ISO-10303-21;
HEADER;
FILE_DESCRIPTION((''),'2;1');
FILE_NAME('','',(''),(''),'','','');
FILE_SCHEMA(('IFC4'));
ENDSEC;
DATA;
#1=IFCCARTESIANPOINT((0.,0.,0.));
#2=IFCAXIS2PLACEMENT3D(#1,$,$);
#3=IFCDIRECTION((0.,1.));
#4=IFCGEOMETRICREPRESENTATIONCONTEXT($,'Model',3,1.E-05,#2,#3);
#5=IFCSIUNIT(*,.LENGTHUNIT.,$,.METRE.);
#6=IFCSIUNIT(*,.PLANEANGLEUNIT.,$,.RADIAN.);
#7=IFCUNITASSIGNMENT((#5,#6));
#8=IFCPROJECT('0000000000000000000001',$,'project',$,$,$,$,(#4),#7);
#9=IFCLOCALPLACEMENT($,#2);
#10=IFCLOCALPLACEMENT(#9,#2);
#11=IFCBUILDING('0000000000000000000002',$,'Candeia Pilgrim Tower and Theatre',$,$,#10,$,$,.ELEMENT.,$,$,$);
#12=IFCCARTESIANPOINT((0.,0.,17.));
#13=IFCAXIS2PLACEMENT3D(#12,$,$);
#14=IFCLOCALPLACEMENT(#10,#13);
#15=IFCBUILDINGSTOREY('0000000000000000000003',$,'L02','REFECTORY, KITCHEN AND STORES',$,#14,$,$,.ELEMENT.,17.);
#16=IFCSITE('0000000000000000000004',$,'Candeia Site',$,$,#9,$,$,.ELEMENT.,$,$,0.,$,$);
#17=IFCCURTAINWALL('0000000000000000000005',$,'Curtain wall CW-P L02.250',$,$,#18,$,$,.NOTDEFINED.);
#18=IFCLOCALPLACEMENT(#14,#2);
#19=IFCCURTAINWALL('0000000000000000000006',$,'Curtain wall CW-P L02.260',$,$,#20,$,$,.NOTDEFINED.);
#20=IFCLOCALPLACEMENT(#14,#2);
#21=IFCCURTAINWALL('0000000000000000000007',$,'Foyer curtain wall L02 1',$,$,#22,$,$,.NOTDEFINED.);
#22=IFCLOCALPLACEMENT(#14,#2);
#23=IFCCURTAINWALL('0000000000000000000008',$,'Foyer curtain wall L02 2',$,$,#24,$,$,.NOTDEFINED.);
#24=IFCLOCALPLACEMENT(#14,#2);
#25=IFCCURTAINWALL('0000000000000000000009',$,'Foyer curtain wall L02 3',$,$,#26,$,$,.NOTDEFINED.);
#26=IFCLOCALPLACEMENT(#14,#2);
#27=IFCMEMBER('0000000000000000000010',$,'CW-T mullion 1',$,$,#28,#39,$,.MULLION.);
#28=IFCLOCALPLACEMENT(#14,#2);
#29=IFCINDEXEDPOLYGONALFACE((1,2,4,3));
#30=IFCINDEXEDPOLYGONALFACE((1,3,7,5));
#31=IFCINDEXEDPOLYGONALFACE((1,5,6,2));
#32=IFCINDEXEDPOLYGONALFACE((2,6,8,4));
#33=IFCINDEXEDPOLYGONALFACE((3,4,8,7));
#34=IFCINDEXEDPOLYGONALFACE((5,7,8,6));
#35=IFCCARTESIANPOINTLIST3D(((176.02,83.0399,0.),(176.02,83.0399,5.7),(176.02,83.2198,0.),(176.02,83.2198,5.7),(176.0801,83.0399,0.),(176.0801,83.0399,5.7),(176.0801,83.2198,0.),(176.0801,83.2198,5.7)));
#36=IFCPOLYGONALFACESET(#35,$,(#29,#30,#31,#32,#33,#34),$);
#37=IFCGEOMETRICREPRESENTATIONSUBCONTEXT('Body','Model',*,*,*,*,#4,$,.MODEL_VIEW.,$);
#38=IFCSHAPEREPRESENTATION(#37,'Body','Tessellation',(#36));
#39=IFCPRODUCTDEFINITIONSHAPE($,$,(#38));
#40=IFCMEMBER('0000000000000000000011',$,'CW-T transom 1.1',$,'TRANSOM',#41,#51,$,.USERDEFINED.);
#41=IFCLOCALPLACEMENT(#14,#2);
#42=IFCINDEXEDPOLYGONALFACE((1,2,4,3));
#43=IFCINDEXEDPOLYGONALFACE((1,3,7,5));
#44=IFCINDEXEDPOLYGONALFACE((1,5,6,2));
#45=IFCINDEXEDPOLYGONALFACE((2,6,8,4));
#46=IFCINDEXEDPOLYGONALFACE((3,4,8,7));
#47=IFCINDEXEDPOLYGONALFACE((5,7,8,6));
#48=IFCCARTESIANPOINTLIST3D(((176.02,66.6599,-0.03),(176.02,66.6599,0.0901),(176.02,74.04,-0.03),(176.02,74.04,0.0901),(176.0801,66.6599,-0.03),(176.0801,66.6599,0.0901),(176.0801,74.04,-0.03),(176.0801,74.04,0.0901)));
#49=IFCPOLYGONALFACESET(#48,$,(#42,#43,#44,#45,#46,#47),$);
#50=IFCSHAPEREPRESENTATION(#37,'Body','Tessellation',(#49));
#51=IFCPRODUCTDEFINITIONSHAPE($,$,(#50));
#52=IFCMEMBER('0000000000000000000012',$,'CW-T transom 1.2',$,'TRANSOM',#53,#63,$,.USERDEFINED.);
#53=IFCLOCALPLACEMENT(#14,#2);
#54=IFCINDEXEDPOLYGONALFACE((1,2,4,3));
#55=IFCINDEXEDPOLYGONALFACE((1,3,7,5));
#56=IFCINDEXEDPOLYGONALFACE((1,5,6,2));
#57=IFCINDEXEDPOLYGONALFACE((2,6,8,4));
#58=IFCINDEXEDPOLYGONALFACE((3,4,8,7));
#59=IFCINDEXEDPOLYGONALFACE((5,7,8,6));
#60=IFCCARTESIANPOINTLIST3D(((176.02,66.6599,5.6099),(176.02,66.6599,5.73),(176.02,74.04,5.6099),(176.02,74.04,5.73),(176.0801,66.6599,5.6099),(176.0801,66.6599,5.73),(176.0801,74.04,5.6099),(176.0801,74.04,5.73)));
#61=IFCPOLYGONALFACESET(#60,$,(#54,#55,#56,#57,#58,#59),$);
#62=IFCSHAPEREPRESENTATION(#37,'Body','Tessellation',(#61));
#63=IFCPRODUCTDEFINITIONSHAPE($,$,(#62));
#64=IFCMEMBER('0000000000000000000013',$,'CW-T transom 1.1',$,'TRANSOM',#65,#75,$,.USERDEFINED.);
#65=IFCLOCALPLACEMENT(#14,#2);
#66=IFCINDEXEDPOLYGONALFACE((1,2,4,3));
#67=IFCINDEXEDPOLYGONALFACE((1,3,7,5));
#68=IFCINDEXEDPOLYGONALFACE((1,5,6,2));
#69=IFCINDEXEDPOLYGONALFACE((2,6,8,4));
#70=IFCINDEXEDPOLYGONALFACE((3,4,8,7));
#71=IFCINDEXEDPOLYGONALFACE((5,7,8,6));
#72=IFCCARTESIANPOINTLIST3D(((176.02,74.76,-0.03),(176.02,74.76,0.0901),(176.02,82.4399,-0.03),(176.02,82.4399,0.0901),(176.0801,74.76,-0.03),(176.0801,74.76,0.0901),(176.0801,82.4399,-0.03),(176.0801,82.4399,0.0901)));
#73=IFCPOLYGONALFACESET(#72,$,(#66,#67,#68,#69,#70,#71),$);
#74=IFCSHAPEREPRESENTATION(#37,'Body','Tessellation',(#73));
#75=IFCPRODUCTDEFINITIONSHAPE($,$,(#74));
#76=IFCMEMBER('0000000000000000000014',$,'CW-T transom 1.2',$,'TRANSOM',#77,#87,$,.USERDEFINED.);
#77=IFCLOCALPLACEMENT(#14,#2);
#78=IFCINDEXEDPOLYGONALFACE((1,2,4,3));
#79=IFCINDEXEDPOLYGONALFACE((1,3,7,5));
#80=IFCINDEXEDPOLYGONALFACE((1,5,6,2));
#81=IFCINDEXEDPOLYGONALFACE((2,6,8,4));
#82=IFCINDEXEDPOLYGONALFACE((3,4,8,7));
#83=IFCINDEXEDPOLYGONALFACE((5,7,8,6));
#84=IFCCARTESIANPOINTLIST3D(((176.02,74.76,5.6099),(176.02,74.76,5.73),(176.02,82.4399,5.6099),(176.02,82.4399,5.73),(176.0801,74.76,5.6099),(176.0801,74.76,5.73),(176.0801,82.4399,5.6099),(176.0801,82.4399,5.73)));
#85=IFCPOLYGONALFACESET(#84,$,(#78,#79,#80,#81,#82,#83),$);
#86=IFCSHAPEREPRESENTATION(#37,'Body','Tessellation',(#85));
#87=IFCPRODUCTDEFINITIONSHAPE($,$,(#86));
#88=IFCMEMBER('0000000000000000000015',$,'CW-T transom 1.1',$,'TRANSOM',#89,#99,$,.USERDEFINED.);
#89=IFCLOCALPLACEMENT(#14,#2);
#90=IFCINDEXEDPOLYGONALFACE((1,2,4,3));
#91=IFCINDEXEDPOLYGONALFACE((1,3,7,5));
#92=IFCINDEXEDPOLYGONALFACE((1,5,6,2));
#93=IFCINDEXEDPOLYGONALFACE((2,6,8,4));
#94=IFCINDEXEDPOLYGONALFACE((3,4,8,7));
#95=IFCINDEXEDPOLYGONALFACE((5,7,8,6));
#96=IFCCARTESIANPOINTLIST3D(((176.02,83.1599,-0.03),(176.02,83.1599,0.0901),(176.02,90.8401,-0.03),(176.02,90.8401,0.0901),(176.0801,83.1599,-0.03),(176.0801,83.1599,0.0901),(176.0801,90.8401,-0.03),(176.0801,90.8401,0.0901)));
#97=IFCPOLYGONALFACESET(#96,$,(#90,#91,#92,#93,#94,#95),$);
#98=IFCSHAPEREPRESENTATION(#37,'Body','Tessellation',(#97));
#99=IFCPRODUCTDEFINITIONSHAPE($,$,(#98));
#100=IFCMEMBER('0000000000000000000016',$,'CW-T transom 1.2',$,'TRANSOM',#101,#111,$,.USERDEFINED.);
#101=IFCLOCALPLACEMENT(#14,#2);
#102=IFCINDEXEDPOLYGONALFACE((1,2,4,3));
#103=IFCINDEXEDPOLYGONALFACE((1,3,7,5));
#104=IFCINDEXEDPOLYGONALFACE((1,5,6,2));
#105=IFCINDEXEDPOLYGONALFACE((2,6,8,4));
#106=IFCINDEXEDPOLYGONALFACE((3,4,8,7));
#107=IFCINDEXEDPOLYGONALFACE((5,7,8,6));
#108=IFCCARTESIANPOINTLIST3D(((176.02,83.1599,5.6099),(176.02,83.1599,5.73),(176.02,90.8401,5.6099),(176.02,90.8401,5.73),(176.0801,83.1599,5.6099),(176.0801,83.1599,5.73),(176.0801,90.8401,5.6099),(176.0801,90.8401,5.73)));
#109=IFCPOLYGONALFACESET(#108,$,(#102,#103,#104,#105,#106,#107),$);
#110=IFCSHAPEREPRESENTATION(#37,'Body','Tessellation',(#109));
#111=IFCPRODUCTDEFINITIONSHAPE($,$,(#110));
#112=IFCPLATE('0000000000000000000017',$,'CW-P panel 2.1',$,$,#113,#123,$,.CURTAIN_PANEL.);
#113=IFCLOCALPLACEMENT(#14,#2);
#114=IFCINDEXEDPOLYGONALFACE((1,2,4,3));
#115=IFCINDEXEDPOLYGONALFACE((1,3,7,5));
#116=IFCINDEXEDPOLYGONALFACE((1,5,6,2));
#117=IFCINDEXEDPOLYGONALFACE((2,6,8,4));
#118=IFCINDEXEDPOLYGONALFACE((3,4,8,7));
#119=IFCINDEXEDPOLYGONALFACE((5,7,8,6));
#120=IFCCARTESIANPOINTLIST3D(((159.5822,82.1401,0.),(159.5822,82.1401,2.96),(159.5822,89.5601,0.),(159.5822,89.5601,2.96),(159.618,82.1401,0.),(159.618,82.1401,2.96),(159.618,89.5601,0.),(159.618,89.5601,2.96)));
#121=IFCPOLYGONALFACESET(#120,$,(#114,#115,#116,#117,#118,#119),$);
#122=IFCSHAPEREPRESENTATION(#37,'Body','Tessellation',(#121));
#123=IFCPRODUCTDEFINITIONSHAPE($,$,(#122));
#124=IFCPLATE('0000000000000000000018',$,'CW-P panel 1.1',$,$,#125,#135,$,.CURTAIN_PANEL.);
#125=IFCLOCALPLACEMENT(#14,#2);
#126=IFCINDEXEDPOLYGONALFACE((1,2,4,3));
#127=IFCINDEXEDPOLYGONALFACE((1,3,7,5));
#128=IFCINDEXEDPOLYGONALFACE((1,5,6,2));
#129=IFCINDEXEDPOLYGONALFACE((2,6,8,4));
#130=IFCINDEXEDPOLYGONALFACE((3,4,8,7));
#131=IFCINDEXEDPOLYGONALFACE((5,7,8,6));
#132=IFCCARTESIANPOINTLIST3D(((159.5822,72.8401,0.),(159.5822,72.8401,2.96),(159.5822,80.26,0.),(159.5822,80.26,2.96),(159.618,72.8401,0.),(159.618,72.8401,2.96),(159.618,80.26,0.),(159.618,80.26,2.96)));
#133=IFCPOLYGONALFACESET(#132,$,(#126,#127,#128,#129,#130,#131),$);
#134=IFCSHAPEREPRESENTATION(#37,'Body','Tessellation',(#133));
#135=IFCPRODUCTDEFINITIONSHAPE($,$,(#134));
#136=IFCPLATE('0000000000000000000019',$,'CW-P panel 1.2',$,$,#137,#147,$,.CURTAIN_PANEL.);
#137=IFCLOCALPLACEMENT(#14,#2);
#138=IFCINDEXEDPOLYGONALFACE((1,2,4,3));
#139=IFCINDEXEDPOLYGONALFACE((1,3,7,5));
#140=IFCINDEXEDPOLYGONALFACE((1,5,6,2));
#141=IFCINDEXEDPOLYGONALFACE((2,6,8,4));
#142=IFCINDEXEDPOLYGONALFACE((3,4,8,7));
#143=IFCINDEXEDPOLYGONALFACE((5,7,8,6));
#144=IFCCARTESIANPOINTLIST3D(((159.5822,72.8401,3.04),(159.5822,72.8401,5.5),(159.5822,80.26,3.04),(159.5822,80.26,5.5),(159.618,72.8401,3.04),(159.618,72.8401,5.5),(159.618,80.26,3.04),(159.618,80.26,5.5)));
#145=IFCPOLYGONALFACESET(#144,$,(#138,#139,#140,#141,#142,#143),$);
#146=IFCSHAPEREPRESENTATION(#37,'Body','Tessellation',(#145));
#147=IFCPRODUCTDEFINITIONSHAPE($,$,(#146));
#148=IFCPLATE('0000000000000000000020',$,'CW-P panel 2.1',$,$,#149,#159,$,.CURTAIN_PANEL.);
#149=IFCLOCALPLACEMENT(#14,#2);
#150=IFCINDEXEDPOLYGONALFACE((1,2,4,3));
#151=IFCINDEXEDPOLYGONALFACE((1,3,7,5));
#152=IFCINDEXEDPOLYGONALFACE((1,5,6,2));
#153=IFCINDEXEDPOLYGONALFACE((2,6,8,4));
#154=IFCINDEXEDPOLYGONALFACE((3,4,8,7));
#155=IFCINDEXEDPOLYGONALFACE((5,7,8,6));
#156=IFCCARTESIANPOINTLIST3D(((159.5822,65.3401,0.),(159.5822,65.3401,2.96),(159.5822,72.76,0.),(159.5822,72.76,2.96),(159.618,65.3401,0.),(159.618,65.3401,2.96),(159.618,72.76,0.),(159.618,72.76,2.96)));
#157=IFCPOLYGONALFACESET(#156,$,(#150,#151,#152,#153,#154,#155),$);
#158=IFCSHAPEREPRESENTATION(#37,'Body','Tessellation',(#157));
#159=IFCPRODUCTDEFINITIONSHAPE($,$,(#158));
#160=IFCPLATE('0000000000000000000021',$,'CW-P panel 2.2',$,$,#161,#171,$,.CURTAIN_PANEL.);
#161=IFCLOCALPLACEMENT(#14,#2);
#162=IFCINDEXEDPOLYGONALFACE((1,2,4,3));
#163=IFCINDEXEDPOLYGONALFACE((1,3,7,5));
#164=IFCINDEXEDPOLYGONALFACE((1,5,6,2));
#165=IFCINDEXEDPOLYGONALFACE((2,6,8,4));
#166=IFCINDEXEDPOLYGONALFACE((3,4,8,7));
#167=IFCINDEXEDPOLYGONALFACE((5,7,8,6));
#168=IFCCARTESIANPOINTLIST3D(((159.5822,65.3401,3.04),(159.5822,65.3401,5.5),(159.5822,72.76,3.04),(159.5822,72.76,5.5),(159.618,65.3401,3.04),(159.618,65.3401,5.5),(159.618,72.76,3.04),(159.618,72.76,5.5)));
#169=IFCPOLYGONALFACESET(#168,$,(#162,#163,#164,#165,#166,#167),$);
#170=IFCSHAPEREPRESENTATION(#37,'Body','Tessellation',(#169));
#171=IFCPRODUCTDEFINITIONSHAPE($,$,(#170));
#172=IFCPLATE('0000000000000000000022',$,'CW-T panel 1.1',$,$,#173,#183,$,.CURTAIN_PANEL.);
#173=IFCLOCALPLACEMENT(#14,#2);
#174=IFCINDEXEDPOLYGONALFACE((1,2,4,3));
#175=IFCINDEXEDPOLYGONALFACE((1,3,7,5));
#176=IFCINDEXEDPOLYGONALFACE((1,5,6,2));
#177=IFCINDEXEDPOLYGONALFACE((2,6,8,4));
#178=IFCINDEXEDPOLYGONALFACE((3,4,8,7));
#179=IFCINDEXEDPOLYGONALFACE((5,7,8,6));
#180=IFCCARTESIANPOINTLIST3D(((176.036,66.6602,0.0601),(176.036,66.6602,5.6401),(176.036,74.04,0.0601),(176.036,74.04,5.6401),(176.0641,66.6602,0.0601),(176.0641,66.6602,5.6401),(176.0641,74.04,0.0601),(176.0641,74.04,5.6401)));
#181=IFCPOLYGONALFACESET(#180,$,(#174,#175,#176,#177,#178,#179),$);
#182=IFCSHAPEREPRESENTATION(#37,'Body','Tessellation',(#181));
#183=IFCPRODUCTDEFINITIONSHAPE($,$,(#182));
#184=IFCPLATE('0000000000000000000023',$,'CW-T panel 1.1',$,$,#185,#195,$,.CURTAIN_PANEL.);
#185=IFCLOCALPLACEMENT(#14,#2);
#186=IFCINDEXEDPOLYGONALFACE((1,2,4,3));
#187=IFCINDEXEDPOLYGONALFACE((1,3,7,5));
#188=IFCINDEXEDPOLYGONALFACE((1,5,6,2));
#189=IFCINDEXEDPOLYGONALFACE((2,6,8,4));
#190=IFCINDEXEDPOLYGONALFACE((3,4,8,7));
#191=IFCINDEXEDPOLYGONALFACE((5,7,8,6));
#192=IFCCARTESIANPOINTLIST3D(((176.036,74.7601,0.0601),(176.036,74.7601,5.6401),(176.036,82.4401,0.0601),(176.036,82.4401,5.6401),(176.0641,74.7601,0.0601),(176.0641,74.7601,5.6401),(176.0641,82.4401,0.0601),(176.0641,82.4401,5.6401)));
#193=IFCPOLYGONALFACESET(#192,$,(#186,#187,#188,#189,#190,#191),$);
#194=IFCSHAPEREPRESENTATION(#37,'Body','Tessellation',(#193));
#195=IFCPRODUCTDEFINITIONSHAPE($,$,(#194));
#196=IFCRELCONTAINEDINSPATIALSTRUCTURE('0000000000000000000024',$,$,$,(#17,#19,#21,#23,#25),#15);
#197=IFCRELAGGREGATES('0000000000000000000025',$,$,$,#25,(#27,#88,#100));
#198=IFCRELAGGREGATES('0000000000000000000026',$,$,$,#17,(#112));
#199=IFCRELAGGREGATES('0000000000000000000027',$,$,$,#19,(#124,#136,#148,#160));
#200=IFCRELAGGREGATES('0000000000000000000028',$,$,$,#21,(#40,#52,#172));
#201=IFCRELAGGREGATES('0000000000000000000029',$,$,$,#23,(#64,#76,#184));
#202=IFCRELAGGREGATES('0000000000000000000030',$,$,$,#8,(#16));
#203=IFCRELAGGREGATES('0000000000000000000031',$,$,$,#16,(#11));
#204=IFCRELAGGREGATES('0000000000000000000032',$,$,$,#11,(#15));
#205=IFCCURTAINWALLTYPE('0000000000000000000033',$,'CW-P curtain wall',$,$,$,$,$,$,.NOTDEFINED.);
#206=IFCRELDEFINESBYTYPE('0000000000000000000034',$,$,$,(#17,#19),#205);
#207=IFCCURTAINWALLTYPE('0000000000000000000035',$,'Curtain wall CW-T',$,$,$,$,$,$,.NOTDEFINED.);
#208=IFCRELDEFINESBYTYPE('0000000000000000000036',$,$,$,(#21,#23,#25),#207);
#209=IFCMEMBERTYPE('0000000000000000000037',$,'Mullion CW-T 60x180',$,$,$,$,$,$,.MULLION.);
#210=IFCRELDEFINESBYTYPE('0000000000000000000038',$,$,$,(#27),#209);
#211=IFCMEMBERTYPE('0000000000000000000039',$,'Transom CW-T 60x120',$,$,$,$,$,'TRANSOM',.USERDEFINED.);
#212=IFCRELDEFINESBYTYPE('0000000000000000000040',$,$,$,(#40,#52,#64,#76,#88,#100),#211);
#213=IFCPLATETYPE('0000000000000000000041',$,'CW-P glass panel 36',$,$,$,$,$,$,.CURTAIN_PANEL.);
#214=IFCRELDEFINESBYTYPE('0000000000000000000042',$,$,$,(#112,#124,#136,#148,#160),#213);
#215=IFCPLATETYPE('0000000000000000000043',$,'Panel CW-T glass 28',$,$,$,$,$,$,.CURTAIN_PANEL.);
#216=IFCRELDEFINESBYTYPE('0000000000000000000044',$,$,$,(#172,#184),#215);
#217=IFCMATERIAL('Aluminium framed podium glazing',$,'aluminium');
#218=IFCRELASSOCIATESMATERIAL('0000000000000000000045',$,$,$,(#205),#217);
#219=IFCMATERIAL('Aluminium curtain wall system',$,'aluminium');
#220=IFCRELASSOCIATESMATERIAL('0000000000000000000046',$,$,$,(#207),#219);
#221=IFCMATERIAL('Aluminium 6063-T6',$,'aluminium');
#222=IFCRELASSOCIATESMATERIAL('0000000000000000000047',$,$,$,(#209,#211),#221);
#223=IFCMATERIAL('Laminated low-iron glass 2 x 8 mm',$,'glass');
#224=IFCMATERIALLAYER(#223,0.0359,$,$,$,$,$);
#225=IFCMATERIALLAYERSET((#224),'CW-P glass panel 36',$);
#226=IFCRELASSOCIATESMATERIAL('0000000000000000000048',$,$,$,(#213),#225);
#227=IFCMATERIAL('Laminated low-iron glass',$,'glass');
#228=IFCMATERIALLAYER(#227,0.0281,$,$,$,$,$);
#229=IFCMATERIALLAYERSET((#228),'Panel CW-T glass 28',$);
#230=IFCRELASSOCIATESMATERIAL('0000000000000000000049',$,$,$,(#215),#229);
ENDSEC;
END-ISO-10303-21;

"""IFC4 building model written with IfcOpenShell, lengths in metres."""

from ifc_helpers import new_model, si_unit, direction, frame, origin, origin_2d, place, context, subcontext, project, spatial, rectangle, extrude, material, layer, layer_set, material_profile, profile_set, type_object, element, aggregate, save


model = new_model("IFC4")

# Units and contexts
model_context = context("Model", 3, precision=1e-05, world=origin(), true_north=direction((0.0, 1.0)))
body_context = subcontext(model_context, "Body", "Model", "MODEL_VIEW")
ifc_project = project(units=[si_unit("LENGTHUNIT", "METRE"), si_unit("PLANEANGLEUNIT", "RADIAN")], contexts=[model_context])

# Site, building, storey
site_placement = place(None, origin())
site = spatial("IfcSite", under=ifc_project, at=site_placement, Name="Candeia Site", CompositionType="ELEMENT", RefElevation=0.0)
building_placement = place(site_placement, origin())
building = spatial("IfcBuilding", under=site, at=building_placement, Name="Candeia Pilgrim Tower and Theatre", CompositionType="ELEMENT")
storey_placement = place(building_placement, frame((0.0, 0.0, 17.0)))
storey = spatial("IfcBuildingStorey", under=building, at=storey_placement, Name="L02", Description="REFECTORY, KITCHEN AND STORES", CompositionType="ELEMENT", Elevation=17.0)

# Curtain wall
ifc_material_1 = material(Name="Aluminium framed podium glazing", Category="aluminium")
curtain_wall_type_1 = type_object("IfcCurtainWallType", Name="CW-P curtain wall", PredefinedType="NOTDEFINED", material=ifc_material_1)
curtain_wall_1_placement = place(storey_placement, origin())
curtain_wall_1 = element("IfcCurtainWall", 1, at=curtain_wall_1_placement, inside=storey, type_object=curtain_wall_type_1, Name="Curtain wall CW-P L02.250", PredefinedType="NOTDEFINED")

# Curtain walls
curtain_wall_2_placement = place(storey_placement, origin())
curtain_wall_2 = element("IfcCurtainWall", 2, at=curtain_wall_2_placement, inside=storey, type_object=curtain_wall_type_1, Name="Curtain wall CW-P L02.260", PredefinedType="NOTDEFINED")
ifc_material_2 = material(Name="Aluminium curtain wall system", Category="aluminium")
curtain_wall_type_2 = type_object("IfcCurtainWallType", Name="Curtain wall CW-T", PredefinedType="NOTDEFINED", material=ifc_material_2)
curtain_wall_3_placement = place(storey_placement, origin())
curtain_wall_3 = element("IfcCurtainWall", 3, at=curtain_wall_3_placement, inside=storey, type_object=curtain_wall_type_2, Name="Foyer curtain wall L02 1", PredefinedType="NOTDEFINED")
ifc_material_3 = material(Name="Aluminium 6063-T6", Category="aluminium")
ifc_material_profile_1 = material_profile(ifc_material_3, rectangle(XDim=0.0601, YDim=0.1799, at=origin_2d()))
ifc_profile_set_1 = profile_set([ifc_material_profile_1], Name="Aluminium 6063-T6")
member_type_1 = type_object("IfcMemberType", Name="Mullion CW-T 60x180", PredefinedType="MULLION", material=ifc_profile_set_1)
curtain_wall_4_placement = place(storey_placement, origin())
curtain_wall_4 = element("IfcCurtainWall", 4, at=curtain_wall_4_placement, inside=storey, type_object=curtain_wall_type_2, Name="Foyer curtain wall L02 2", PredefinedType="NOTDEFINED")

# Curtain wall, member
curtain_wall_5_placement = place(storey_placement, origin())
curtain_wall_5 = element("IfcCurtainWall", 5, at=curtain_wall_5_placement, inside=storey, type_object=curtain_wall_type_2, Name="Foyer curtain wall L02 3", PredefinedType="NOTDEFINED")
member_1_placement = place(storey_placement, frame((176.05, 83.1299, 0.0), z_axis=(0.0, 0.0, 1.0), x_axis=(-1.0, 0.0, 0.0)))
member_1 = element("IfcMember", 6, at=member_1_placement, type_object=member_type_1, Name="CW-T mullion 1", PredefinedType="MULLION", context=body_context, shape_type="SweptSolid", body=[
    extrude(rectangle(XDim=0.0601, YDim=0.1799, at=origin_2d()), origin(), (0.0, 0.0, 1.0), 5.7),
])

# Members
ifc_material_profile_2 = material_profile(ifc_material_3, rectangle(XDim=0.0601, YDim=0.1201, at=origin_2d()))
ifc_profile_set_2 = profile_set([ifc_material_profile_2], Name="Aluminium 6063-T6")
member_type_2 = type_object("IfcMemberType", Name="Transom CW-T 60x120", ElementType="TRANSOM", PredefinedType="USERDEFINED", material=ifc_profile_set_2)
member_2_placement = place(storey_placement, frame((176.05, 66.6599, 0.03), z_axis=(0.0, 1.0, 0.0), x_axis=(-1.0, 0.0, 0.0)))
member_2 = element("IfcMember", 7, at=member_2_placement, type_object=member_type_2, Name="CW-T transom 1.1", ObjectType="TRANSOM", PredefinedType="USERDEFINED", context=body_context, shape_type="SweptSolid", body=[
    extrude(rectangle(XDim=0.0601, YDim=0.1201, at=origin_2d()), origin(), (0.0, 0.0, 1.0), 7.3801),
])
member_3_placement = place(storey_placement, frame((176.05, 66.6599, 5.6699), z_axis=(0.0, 1.0, 0.0), x_axis=(-1.0, 0.0, 0.0)))
member_3 = element("IfcMember", 8, at=member_3_placement, type_object=member_type_2, Name="CW-T transom 1.2", ObjectType="TRANSOM", PredefinedType="USERDEFINED", context=body_context, shape_type="SweptSolid", body=[
    extrude(rectangle(XDim=0.0601, YDim=0.1201, at=origin_2d()), origin(), (0.0, 0.0, 1.0), 7.3801),
])
member_4_placement = place(storey_placement, frame((176.05, 74.76, 0.03), z_axis=(0.0, 1.0, 0.0), x_axis=(-1.0, 0.0, 0.0)))
member_4 = element("IfcMember", 9, at=member_4_placement, type_object=member_type_2, Name="CW-T transom 1.1", ObjectType="TRANSOM", PredefinedType="USERDEFINED", context=body_context, shape_type="SweptSolid", body=[
    extrude(rectangle(XDim=0.0601, YDim=0.1201, at=origin_2d()), origin(), (0.0, 0.0, 1.0), 7.6799),
])
member_5_placement = place(storey_placement, frame((176.05, 74.76, 5.6699), z_axis=(0.0, 1.0, 0.0), x_axis=(-1.0, 0.0, 0.0)))
member_5 = element("IfcMember", 10, at=member_5_placement, type_object=member_type_2, Name="CW-T transom 1.2", ObjectType="TRANSOM", PredefinedType="USERDEFINED", context=body_context, shape_type="SweptSolid", body=[
    extrude(rectangle(XDim=0.0601, YDim=0.1201, at=origin_2d()), origin(), (0.0, 0.0, 1.0), 7.6799),
])
member_6_placement = place(storey_placement, frame((176.05, 83.1599, 0.03), z_axis=(0.0, 1.0, 0.0), x_axis=(-1.0, 0.0, 0.0)))
member_6 = element("IfcMember", 11, at=member_6_placement, type_object=member_type_2, Name="CW-T transom 1.1", ObjectType="TRANSOM", PredefinedType="USERDEFINED", context=body_context, shape_type="SweptSolid", body=[
    extrude(rectangle(XDim=0.0601, YDim=0.1201, at=origin_2d()), origin(), (0.0, 0.0, 1.0), 7.6802),
])
member_7_placement = place(storey_placement, frame((176.05, 83.1599, 5.6699), z_axis=(0.0, 1.0, 0.0), x_axis=(-1.0, 0.0, 0.0)))
member_7 = element("IfcMember", 12, at=member_7_placement, type_object=member_type_2, Name="CW-T transom 1.2", ObjectType="TRANSOM", PredefinedType="USERDEFINED", context=body_context, shape_type="SweptSolid", body=[
    extrude(rectangle(XDim=0.0601, YDim=0.1201, at=origin_2d()), origin(), (0.0, 0.0, 1.0), 7.6802),
])
aggregate(curtain_wall_5, [member_1, member_6, member_7])

# Plates
ifc_material_4 = material(Name="Laminated low-iron glass 2 x 8 mm", Category="glass")
ifc_layer_1 = layer(ifc_material_4, 0.0359)
ifc_layer_set_1 = layer_set([ifc_layer_1], Name="CW-P glass panel 36")
plate_type_1 = type_object("IfcPlateType", Name="CW-P glass panel 36", PredefinedType="CURTAIN_PANEL", material=ifc_layer_set_1)
plate_1_placement = place(storey_placement, frame((159.6001, 85.8501, 0.0), z_axis=(0.0, 0.0, 1.0), x_axis=(0.0, -1.0, 0.0)))
plate_1 = element("IfcPlate", 13, at=plate_1_placement, type_object=plate_type_1, Name="CW-P panel 2.1", PredefinedType="CURTAIN_PANEL", context=body_context, shape_type="SweptSolid", body=[
    extrude(rectangle(XDim=7.4199, YDim=0.0359, at=origin_2d()), origin(), (0.0, 0.0, 1.0), 2.96),
])
aggregate(curtain_wall_1, [plate_1])
plate_2_placement = place(storey_placement, frame((159.6001, 76.55, 0.0), z_axis=(0.0, 0.0, 1.0), x_axis=(0.0, -1.0, 0.0)))
plate_2 = element("IfcPlate", 14, at=plate_2_placement, type_object=plate_type_1, Name="CW-P panel 1.1", PredefinedType="CURTAIN_PANEL", context=body_context, shape_type="SweptSolid", body=[
    extrude(rectangle(XDim=7.4199, YDim=0.0359, at=origin_2d()), origin(), (0.0, 0.0, 1.0), 2.96),
])
plate_3_placement = place(storey_placement, frame((159.6001, 76.55, 3.04), z_axis=(0.0, 0.0, 1.0), x_axis=(0.0, -1.0, 0.0)))
plate_3 = element("IfcPlate", 15, at=plate_3_placement, type_object=plate_type_1, Name="CW-P panel 1.2", PredefinedType="CURTAIN_PANEL", context=body_context, shape_type="SweptSolid", body=[
    extrude(rectangle(XDim=7.4199, YDim=0.0359, at=origin_2d()), origin(), (0.0, 0.0, 1.0), 2.46),
])
plate_4_placement = place(storey_placement, frame((159.6001, 69.05, 0.0), z_axis=(0.0, 0.0, 1.0), x_axis=(0.0, -1.0, 0.0)))
plate_4 = element("IfcPlate", 16, at=plate_4_placement, type_object=plate_type_1, Name="CW-P panel 2.1", PredefinedType="CURTAIN_PANEL", context=body_context, shape_type="SweptSolid", body=[
    extrude(rectangle(XDim=7.4199, YDim=0.0359, at=origin_2d()), origin(), (0.0, 0.0, 1.0), 2.96),
])
plate_5_placement = place(storey_placement, frame((159.6001, 69.05, 3.04), z_axis=(0.0, 0.0, 1.0), x_axis=(0.0, -1.0, 0.0)))
plate_5 = element("IfcPlate", 17, at=plate_5_placement, type_object=plate_type_1, Name="CW-P panel 2.2", PredefinedType="CURTAIN_PANEL", context=body_context, shape_type="SweptSolid", body=[
    extrude(rectangle(XDim=7.4199, YDim=0.0359, at=origin_2d()), origin(), (0.0, 0.0, 1.0), 2.46),
])
aggregate(curtain_wall_2, [plate_2, plate_3, plate_4, plate_5])
ifc_material_5 = material(Name="Laminated low-iron glass", Category="glass")
ifc_layer_2 = layer(ifc_material_5, 0.0281)
ifc_layer_set_2 = layer_set([ifc_layer_2], Name="Panel CW-T glass 28")
plate_type_2 = type_object("IfcPlateType", Name="Panel CW-T glass 28", PredefinedType="CURTAIN_PANEL", material=ifc_layer_set_2)
plate_6_placement = place(storey_placement, frame((176.05, 70.3501, 0.0601), z_axis=(0.0, 0.0, 1.0), x_axis=(0.0, 1.0, 0.0)))
plate_6 = element("IfcPlate", 18, at=plate_6_placement, type_object=plate_type_2, Name="CW-T panel 1.1", PredefinedType="CURTAIN_PANEL", context=body_context, shape_type="SweptSolid", body=[
    extrude(rectangle(XDim=7.3799, YDim=0.0281, at=origin_2d()), origin(), (0.0, 0.0, 1.0), 5.5801),
])
aggregate(curtain_wall_3, [member_2, member_3, plate_6])
plate_7_placement = place(storey_placement, frame((176.05, 78.6001, 0.0601), z_axis=(0.0, 0.0, 1.0), x_axis=(0.0, 1.0, 0.0)))
plate_7 = element("IfcPlate", 19, at=plate_7_placement, type_object=plate_type_2, Name="CW-T panel 1.1", PredefinedType="CURTAIN_PANEL", context=body_context, shape_type="SweptSolid", body=[
    extrude(rectangle(XDim=7.6799, YDim=0.0281, at=origin_2d()), origin(), (0.0, 0.0, 1.0), 5.5801),
])
aggregate(curtain_wall_4, [member_4, member_5, plate_7])

save(model, "model.ifc")
